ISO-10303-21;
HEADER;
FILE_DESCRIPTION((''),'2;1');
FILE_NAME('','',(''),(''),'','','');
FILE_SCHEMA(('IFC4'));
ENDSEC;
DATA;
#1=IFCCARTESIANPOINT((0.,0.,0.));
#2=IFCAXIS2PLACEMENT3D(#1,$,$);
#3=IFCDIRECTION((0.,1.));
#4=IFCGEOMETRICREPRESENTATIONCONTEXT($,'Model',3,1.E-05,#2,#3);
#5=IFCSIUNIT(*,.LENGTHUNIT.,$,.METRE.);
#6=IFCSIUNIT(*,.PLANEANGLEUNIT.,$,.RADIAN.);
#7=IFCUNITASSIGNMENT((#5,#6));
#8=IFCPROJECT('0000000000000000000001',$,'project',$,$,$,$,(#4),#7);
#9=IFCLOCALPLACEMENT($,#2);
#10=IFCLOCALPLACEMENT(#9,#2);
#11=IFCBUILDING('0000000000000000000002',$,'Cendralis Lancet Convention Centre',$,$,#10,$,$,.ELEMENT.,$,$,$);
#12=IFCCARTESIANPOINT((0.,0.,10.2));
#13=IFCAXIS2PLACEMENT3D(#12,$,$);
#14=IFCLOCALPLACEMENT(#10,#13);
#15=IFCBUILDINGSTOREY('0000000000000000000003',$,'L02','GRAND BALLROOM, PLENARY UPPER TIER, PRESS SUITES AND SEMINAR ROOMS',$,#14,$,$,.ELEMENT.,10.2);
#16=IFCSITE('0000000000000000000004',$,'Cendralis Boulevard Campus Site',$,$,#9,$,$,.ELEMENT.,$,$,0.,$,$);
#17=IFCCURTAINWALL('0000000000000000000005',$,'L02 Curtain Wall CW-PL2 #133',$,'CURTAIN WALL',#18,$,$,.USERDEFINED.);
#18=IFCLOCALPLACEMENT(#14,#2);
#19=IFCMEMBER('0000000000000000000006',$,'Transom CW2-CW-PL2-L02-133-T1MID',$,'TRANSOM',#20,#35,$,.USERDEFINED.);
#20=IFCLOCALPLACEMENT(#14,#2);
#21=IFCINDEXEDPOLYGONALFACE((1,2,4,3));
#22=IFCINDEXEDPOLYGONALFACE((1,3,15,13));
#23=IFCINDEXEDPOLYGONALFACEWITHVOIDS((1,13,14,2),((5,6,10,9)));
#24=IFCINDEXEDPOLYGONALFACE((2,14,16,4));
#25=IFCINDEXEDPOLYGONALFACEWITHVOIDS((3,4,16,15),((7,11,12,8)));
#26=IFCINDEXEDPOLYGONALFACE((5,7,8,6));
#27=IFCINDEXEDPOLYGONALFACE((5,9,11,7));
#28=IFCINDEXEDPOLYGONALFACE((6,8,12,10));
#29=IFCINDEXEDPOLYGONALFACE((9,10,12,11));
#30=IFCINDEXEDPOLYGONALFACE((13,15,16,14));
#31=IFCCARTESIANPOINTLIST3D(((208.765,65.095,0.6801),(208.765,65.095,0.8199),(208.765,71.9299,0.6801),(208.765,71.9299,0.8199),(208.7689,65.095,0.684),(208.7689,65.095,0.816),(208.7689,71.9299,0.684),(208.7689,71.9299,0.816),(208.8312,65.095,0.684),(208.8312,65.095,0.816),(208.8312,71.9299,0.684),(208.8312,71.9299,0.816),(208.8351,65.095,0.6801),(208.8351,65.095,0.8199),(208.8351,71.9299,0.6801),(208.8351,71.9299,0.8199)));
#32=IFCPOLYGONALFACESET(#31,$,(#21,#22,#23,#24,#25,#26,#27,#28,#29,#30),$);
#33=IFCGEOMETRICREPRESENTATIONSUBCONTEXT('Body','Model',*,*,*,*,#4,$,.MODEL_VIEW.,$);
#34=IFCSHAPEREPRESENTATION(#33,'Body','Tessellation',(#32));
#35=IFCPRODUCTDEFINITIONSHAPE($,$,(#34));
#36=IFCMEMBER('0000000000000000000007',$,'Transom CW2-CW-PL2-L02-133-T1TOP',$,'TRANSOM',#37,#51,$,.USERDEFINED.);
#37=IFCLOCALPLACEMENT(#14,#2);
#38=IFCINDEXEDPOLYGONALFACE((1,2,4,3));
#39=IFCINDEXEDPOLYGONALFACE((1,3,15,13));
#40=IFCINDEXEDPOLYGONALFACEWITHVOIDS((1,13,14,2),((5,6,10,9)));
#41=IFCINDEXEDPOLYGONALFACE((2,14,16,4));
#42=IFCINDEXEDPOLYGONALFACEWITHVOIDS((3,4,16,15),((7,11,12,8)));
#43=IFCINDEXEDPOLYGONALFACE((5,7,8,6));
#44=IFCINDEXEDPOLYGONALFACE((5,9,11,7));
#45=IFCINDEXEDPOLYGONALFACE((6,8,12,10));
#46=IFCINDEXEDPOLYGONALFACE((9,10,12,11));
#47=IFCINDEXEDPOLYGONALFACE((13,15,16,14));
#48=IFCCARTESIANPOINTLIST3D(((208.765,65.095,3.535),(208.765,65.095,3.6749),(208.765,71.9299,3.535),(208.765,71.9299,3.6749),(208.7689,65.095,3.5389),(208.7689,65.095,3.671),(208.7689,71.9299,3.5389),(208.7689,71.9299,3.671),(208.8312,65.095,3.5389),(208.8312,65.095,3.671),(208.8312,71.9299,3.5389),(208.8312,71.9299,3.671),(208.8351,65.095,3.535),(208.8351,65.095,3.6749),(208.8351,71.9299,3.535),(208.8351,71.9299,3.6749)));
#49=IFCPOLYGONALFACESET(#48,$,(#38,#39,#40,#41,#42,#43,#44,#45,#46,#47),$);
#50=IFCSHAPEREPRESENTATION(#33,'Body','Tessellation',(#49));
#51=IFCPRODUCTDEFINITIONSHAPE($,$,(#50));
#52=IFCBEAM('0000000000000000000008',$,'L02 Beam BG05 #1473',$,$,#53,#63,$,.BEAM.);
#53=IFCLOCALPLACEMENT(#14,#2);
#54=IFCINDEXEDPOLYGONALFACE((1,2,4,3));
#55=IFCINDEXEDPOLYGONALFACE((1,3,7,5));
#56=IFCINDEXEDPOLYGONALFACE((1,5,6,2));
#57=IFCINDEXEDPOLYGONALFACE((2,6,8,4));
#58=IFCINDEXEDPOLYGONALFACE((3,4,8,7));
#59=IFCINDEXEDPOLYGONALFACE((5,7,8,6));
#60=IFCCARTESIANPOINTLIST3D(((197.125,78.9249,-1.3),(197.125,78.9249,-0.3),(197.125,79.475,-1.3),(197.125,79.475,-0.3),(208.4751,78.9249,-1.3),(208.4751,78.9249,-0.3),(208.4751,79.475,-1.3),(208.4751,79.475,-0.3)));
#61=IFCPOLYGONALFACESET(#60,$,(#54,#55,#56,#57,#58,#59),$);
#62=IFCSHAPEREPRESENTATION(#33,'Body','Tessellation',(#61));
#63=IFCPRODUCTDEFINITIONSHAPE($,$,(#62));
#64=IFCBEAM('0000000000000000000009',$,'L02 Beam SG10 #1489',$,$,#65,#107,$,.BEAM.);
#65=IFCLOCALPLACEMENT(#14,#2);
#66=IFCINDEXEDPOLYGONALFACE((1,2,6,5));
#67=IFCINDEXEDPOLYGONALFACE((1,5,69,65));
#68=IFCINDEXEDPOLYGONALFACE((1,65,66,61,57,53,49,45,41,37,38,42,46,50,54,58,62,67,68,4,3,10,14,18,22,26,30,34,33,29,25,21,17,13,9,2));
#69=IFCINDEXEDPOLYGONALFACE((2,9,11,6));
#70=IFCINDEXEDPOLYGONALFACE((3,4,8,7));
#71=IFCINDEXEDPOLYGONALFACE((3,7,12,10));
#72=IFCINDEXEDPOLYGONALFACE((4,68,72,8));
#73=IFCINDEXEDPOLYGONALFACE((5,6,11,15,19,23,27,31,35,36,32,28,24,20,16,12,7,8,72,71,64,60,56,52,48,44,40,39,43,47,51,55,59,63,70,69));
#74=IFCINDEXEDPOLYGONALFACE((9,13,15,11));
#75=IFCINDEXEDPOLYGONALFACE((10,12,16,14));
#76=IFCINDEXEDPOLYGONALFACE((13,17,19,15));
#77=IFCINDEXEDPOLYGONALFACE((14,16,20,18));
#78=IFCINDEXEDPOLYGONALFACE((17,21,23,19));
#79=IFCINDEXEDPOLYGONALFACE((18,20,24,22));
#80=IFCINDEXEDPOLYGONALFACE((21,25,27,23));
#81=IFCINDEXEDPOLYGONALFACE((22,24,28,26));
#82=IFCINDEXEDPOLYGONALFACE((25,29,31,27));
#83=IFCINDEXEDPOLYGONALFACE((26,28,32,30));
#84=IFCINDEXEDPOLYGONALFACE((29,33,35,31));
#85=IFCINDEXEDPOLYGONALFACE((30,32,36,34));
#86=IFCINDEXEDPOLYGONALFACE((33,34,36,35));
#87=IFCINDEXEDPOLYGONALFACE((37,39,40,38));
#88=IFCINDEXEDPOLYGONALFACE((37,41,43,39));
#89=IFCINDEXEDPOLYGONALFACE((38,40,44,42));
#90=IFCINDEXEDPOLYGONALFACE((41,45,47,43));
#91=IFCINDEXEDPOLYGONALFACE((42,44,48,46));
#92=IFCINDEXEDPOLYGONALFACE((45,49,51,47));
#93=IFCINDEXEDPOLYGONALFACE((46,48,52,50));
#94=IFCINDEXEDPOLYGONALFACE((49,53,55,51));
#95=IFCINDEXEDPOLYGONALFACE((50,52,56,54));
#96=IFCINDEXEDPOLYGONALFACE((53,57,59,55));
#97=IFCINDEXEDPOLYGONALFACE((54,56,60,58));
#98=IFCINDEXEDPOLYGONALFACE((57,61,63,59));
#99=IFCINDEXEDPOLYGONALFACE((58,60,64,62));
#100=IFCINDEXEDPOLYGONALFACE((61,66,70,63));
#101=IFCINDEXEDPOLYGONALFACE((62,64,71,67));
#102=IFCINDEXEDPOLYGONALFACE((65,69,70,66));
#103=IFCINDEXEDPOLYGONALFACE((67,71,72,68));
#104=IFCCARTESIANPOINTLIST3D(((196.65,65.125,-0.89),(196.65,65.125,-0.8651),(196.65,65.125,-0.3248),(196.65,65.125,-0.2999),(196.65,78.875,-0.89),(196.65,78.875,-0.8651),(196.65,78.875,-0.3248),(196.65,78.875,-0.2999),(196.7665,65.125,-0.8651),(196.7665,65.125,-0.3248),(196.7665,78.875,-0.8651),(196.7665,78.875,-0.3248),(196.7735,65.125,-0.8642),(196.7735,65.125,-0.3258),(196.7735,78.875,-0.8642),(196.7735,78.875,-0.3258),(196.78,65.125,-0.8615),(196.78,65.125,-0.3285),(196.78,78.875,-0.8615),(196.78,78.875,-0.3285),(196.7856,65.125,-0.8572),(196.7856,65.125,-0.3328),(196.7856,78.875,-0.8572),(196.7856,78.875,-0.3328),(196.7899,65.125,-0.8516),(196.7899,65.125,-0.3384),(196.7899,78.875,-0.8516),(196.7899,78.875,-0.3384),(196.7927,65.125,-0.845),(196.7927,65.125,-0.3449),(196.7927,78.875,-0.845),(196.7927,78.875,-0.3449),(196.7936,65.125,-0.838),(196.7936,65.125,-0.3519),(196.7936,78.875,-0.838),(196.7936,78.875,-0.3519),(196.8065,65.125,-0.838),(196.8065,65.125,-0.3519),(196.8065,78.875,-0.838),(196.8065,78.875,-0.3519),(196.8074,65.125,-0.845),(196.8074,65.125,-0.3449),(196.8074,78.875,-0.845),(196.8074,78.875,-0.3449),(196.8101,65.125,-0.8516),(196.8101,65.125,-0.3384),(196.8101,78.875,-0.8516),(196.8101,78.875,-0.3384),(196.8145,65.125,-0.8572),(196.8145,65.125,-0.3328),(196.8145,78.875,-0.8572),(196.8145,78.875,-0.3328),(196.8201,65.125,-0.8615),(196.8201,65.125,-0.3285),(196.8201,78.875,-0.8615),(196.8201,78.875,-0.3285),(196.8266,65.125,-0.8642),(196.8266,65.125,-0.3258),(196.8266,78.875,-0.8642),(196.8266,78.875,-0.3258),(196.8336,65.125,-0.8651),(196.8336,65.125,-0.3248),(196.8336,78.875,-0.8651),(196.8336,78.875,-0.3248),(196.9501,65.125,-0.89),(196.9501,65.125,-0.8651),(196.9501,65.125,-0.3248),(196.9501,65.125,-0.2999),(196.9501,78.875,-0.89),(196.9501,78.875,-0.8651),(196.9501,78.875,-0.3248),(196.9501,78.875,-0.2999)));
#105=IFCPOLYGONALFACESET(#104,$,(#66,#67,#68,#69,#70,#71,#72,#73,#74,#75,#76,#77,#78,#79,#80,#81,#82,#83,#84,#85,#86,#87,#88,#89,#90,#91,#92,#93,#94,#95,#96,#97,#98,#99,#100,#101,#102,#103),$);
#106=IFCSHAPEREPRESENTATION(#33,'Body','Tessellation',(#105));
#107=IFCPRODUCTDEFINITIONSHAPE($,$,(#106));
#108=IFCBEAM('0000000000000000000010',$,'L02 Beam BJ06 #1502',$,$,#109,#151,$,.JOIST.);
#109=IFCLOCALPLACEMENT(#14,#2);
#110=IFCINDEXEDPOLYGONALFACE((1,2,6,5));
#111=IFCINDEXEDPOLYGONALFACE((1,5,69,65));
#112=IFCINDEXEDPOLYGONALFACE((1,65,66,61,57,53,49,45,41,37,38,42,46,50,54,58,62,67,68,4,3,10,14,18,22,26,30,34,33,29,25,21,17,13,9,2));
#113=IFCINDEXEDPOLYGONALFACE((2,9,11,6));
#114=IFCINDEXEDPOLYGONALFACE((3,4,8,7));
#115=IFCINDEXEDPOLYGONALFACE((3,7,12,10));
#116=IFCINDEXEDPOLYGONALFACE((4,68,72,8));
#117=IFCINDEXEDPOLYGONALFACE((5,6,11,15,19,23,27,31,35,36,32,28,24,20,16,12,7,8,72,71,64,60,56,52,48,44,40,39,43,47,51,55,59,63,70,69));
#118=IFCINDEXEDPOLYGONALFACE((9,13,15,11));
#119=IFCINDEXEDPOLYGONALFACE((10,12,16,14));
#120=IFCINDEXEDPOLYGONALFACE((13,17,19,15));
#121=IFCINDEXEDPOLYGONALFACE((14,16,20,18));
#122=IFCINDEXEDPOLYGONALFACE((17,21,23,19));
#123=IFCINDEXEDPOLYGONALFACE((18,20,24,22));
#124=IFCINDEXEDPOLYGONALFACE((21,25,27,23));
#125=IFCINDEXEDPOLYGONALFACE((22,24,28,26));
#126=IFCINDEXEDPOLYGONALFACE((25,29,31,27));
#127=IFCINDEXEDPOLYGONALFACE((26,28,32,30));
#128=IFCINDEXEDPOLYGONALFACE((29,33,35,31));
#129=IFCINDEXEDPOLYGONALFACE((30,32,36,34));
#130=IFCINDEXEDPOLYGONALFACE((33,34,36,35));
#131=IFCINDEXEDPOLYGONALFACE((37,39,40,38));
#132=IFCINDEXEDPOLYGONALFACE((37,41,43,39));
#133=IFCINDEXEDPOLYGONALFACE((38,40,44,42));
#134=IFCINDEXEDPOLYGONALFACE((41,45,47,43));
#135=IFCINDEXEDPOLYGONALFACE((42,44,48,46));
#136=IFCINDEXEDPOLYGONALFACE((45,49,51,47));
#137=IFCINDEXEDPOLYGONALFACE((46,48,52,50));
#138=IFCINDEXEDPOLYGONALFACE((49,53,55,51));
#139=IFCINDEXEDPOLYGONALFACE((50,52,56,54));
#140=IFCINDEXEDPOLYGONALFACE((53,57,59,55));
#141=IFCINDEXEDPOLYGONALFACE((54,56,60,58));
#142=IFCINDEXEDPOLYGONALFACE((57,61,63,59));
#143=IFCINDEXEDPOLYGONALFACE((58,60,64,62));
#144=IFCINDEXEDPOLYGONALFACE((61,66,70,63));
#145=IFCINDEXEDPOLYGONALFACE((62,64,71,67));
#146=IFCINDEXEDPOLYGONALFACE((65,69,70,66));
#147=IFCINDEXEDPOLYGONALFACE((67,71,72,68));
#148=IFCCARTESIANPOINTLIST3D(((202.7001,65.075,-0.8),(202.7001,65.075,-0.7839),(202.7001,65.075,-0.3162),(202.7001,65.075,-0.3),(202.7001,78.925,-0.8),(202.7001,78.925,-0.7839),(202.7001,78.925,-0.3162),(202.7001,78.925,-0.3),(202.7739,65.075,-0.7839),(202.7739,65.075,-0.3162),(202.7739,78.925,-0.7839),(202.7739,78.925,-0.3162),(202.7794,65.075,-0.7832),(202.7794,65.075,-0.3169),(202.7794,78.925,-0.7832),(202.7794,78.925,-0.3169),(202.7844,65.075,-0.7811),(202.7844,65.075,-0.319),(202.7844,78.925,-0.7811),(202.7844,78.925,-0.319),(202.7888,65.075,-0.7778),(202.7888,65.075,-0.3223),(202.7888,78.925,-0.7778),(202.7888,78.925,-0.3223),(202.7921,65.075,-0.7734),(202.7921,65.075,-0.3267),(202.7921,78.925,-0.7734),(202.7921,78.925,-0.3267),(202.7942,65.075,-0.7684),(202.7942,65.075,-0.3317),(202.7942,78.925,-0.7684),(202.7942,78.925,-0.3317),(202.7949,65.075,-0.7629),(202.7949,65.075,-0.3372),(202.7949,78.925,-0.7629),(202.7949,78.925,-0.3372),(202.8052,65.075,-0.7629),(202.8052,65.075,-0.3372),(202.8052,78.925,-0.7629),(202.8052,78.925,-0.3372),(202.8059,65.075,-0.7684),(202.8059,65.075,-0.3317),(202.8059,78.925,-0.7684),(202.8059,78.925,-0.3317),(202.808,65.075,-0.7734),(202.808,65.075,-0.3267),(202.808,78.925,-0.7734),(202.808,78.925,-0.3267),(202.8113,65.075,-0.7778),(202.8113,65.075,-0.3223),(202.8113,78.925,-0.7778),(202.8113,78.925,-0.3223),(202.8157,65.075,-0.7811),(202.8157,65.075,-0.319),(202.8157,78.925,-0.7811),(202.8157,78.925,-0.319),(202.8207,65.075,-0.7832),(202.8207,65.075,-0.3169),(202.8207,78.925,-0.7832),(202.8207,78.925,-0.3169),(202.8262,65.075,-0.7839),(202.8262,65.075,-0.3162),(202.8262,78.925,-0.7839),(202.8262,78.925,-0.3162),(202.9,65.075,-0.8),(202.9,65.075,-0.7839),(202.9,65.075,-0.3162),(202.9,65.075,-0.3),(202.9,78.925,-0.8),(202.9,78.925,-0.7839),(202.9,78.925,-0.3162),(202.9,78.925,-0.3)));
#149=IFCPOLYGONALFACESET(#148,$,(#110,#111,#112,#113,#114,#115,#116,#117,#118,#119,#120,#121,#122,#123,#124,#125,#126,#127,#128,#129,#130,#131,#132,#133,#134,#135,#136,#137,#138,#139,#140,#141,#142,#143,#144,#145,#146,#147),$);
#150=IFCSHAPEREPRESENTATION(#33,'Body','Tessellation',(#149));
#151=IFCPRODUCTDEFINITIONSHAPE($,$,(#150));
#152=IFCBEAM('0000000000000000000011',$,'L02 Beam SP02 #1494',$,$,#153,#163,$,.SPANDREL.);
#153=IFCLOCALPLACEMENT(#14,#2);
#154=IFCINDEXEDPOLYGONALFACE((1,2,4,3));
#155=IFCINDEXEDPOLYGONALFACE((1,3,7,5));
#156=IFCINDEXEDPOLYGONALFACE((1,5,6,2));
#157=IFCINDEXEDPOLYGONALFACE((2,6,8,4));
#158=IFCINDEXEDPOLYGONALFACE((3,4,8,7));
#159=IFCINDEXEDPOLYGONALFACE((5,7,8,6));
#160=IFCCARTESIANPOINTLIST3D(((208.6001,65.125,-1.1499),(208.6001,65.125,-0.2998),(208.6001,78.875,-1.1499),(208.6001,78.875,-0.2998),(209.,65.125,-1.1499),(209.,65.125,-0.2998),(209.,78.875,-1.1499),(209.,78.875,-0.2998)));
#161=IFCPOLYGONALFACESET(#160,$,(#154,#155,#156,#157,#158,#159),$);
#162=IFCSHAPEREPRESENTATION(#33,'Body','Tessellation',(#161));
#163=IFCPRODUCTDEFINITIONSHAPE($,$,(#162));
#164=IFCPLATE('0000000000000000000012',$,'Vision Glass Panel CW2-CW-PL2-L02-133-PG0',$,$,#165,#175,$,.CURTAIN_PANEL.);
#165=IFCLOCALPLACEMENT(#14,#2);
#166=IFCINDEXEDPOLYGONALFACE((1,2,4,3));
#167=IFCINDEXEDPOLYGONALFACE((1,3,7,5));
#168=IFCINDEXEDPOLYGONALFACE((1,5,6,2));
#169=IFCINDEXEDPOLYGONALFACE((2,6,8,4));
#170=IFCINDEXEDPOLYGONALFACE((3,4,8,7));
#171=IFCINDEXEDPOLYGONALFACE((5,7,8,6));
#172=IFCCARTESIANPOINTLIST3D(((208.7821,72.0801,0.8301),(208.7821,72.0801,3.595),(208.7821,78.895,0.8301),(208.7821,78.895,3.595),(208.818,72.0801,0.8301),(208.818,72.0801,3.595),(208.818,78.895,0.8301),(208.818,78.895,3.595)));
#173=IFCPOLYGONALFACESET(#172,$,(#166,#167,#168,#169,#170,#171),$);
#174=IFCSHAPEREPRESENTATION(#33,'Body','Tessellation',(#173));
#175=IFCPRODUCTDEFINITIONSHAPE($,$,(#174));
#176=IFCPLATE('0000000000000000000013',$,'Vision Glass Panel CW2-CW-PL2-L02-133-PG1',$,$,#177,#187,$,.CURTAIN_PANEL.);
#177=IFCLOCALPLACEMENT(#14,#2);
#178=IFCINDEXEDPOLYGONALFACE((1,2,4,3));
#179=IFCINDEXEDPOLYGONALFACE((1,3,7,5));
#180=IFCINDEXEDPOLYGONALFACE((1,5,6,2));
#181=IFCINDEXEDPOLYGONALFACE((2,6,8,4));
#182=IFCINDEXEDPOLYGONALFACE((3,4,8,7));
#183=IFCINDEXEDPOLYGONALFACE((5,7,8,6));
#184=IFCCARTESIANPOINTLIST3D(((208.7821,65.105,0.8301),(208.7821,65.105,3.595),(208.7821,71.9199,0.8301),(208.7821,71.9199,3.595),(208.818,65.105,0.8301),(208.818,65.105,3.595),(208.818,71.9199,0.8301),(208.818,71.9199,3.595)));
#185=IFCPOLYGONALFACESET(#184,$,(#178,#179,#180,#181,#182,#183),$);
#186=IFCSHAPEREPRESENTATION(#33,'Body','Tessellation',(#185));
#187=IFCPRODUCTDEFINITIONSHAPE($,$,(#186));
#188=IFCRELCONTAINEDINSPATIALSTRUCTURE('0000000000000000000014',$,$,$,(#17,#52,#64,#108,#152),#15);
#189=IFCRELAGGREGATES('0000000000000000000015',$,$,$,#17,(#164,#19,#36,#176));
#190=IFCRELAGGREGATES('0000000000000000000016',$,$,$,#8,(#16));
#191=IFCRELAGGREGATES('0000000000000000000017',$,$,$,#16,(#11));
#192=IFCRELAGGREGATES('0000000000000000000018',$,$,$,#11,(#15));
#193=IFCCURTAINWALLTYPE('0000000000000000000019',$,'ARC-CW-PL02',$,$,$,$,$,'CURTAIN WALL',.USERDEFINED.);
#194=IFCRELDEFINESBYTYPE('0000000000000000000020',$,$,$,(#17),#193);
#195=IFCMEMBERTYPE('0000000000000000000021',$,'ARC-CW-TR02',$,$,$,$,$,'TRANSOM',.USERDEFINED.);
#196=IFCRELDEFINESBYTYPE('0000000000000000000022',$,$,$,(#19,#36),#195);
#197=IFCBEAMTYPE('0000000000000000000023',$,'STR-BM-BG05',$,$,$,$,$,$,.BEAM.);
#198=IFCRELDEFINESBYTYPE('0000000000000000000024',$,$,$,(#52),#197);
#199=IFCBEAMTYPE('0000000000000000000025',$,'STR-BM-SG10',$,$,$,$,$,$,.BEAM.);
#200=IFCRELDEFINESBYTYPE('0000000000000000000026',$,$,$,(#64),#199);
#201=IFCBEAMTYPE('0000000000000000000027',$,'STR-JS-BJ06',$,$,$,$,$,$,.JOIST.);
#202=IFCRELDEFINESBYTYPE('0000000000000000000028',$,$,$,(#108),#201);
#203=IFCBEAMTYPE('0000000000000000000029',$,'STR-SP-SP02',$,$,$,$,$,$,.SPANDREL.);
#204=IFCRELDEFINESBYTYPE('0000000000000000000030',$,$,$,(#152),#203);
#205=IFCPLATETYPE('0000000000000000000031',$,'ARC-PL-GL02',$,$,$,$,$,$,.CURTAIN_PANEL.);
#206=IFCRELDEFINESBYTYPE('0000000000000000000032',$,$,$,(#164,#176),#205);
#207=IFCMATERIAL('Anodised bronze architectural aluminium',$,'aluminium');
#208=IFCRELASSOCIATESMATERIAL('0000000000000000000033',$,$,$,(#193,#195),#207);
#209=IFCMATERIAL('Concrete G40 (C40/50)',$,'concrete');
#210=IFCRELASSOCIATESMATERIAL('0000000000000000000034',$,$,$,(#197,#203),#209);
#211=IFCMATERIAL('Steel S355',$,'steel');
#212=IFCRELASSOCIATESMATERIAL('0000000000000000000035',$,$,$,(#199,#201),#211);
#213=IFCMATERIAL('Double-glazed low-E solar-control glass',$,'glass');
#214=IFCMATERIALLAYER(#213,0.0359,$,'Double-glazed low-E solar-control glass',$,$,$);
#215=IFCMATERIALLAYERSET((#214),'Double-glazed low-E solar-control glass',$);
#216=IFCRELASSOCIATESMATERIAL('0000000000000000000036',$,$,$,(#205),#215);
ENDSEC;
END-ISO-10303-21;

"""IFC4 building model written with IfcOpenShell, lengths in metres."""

from ifc_helpers import new_model, si_unit, direction, frame, origin, origin_2d, place, context, subcontext, project, spatial, rectangle, hollow_rectangle, i_section, extrude, material, layer, layer_set, material_profile, profile_set, type_object, element, aggregate, save


model = new_model("IFC4")

# Units and contexts
model_context = context("Model", 3, precision=1e-05, world=origin(), true_north=direction((0.0, 1.0)))
body_context = subcontext(model_context, "Body", "Model", "MODEL_VIEW")
ifc_project = project(units=[si_unit("LENGTHUNIT", "METRE"), si_unit("PLANEANGLEUNIT", "RADIAN")], contexts=[model_context])

# Site, building, storey
site_placement = place(None, origin())
site = spatial("IfcSite", under=ifc_project, at=site_placement, Name="Cendralis Boulevard Campus Site", CompositionType="ELEMENT", RefElevation=0.0)
building_placement = place(site_placement, origin())
building = spatial("IfcBuilding", under=site, at=building_placement, Name="Cendralis Lancet Convention Centre", CompositionType="ELEMENT")
storey_placement = place(building_placement, frame((0.0, 0.0, 10.2)))
storey = spatial("IfcBuildingStorey", under=building, at=storey_placement, Name="L02", Description="GRAND BALLROOM, PLENARY UPPER TIER, PRESS SUITES AND SEMINAR ROOMS", CompositionType="ELEMENT", Elevation=10.2)

# Shared definitions
ifc_material_1 = material(Name="Steel S355", Category="steel")

# Curtain wall, members
ifc_material_2 = material(Name="Anodised bronze architectural aluminium", Category="aluminium")
curtain_wall_type = type_object("IfcCurtainWallType", Name="ARC-CW-PL02", ElementType="CURTAIN WALL", PredefinedType="USERDEFINED", material=ifc_material_2)
curtain_wall_placement = place(storey_placement, origin())
curtain_wall = element("IfcCurtainWall", 1, at=curtain_wall_placement, inside=storey, type_object=curtain_wall_type, Name="L02 Curtain Wall CW-PL2 #133", ObjectType="CURTAIN WALL", PredefinedType="USERDEFINED")
ifc_material_profile_1 = material_profile(ifc_material_2, hollow_rectangle(XDim=0.0701, YDim=0.1399, WallThickness=0.0039, at=origin_2d()), Name="AL-TRAN 70x140x4.0")
ifc_profile_set_1 = profile_set([ifc_material_profile_1], Name="Anodised bronze architectural aluminium")
member_type_1 = type_object("IfcMemberType", Name="ARC-CW-TR02", ElementType="TRANSOM", PredefinedType="USERDEFINED", material=ifc_profile_set_1)
member_1_placement = place(storey_placement, frame((208.8, 71.9299, 0.75), z_axis=(0.0, -1.0, 0.0), x_axis=(1.0, 0.0, 0.0)))
member_1 = element("IfcMember", 2, at=member_1_placement, type_object=member_type_1, Name="Transom CW2-CW-PL2-L02-133-T1MID", ObjectType="TRANSOM", PredefinedType="USERDEFINED", context=body_context, shape_type="SweptSolid", body=[
    extrude(hollow_rectangle(XDim=0.0701, YDim=0.1399, WallThickness=0.0039, at=origin_2d()), origin(), (0.0, 0.0, 1.0), 6.835),
])
member_2_placement = place(storey_placement, frame((208.8, 71.9299, 3.605), z_axis=(0.0, -1.0, 0.0), x_axis=(1.0, 0.0, 0.0)))
member_2 = element("IfcMember", 3, at=member_2_placement, type_object=member_type_1, Name="Transom CW2-CW-PL2-L02-133-T1TOP", ObjectType="TRANSOM", PredefinedType="USERDEFINED", context=body_context, shape_type="SweptSolid", body=[
    extrude(hollow_rectangle(XDim=0.0701, YDim=0.1399, WallThickness=0.0039, at=origin_2d()), origin(), (0.0, 0.0, 1.0), 6.835),
])

# Beams
ifc_material_3 = material(Name="Concrete G40 (C40/50)", Category="concrete")
ifc_material_profile_2 = material_profile(ifc_material_3, rectangle(XDim=0.55, YDim=1.0, at=origin_2d()), Name="RCB 550x1000")
ifc_profile_set_2 = profile_set([ifc_material_profile_2], Name="Concrete G40 (C40/50)")
beam_type_1 = type_object("IfcBeamType", Name="STR-BM-BG05", PredefinedType="BEAM", material=ifc_profile_set_2)
beam_1_placement = place(storey_placement, frame((197.125, 79.2, -0.8), z_axis=(1.0, 0.0, 0.0), x_axis=(0.0, 1.0, 0.0)))
element("IfcBeam", 4, at=beam_1_placement, inside=storey, type_object=beam_type_1, Name="L02 Beam BG05 #1473", PredefinedType="BEAM", context=body_context, shape_type="SweptSolid", body=[
    extrude(rectangle(XDim=0.55, YDim=1.0, at=origin_2d()), origin(), (0.0, 0.0, 1.0), 11.3501),
])
ifc_material_profile_3 = material_profile(ifc_material_1, i_section(OverallWidth=0.3, OverallDepth=0.5901, WebThickness=0.0129, FlangeThickness=0.0249, FilletRadius=0.0271, at=origin_2d()), Name="HEA 600")
ifc_profile_set_3 = profile_set([ifc_material_profile_3], Name="Steel S355")
beam_type_2 = type_object("IfcBeamType", Name="STR-BM-SG10", PredefinedType="BEAM", material=ifc_profile_set_3)
beam_2_placement = place(storey_placement, frame((196.8, 65.125, -0.595), z_axis=(0.0, 1.0, 0.0), x_axis=(-1.0, 0.0, 0.0)))
element("IfcBeam", 5, at=beam_2_placement, inside=storey, type_object=beam_type_2, Name="L02 Beam SG10 #1489", PredefinedType="BEAM", context=body_context, shape_type="SweptSolid", body=[
    extrude(i_section(OverallWidth=0.3, OverallDepth=0.5901, WebThickness=0.0129, FlangeThickness=0.0249, FilletRadius=0.0271, at=origin_2d()), origin(), (0.0, 0.0, 1.0), 13.75),
])
ifc_material_profile_4 = material_profile(ifc_material_1, i_section(OverallWidth=0.2, OverallDepth=0.5, WebThickness=0.0103, FlangeThickness=0.0161, FilletRadius=0.021, at=origin_2d()), Name="IPE 500")
ifc_profile_set_4 = profile_set([ifc_material_profile_4], Name="Steel S355")
beam_type_3 = type_object("IfcBeamType", Name="STR-JS-BJ06", PredefinedType="JOIST", material=ifc_profile_set_4)
beam_3_placement = place(storey_placement, frame((202.8, 65.075, -0.55), z_axis=(0.0, 1.0, 0.0), x_axis=(-1.0, 0.0, 0.0)))
element("IfcBeam", 6, at=beam_3_placement, inside=storey, type_object=beam_type_3, Name="L02 Beam BJ06 #1502", PredefinedType="JOIST", context=body_context, shape_type="SweptSolid", body=[
    extrude(i_section(OverallWidth=0.2, OverallDepth=0.5, WebThickness=0.0103, FlangeThickness=0.0161, FilletRadius=0.021, at=origin_2d()), origin(), (0.0, 0.0, 1.0), 13.8501),
])
ifc_material_profile_5 = material_profile(ifc_material_3, rectangle(XDim=0.3999, YDim=0.8501, at=origin_2d()), Name="RCB 400x850")
ifc_profile_set_5 = profile_set([ifc_material_profile_5], Name="Concrete G40 (C40/50)")
beam_type_4 = type_object("IfcBeamType", Name="STR-SP-SP02", PredefinedType="SPANDREL", material=ifc_profile_set_5)
beam_4_placement = place(storey_placement, frame((208.8, 65.125, -0.7249), z_axis=(0.0, 1.0, 0.0), x_axis=(-1.0, 0.0, 0.0)))
element("IfcBeam", 7, at=beam_4_placement, inside=storey, type_object=beam_type_4, Name="L02 Beam SP02 #1494", PredefinedType="SPANDREL", context=body_context, shape_type="SweptSolid", body=[
    extrude(rectangle(XDim=0.3999, YDim=0.8501, at=origin_2d()), origin(), (0.0, 0.0, 1.0), 13.75),
])

# Plates
ifc_material_4 = material(Name="Double-glazed low-E solar-control glass", Category="glass")
ifc_layer_1 = layer(ifc_material_4, 0.0359, Name="Double-glazed low-E solar-control glass")
ifc_layer_set_1 = layer_set([ifc_layer_1], Name="Double-glazed low-E solar-control glass")
plate_type_1 = type_object("IfcPlateType", Name="ARC-PL-GL02", PredefinedType="CURTAIN_PANEL", material=ifc_layer_set_1)
plate_1_placement = place(storey_placement, frame((208.8, 75.4875, 0.8301), z_axis=(0.0, 0.0, 1.0), x_axis=(0.0, -1.0, 0.0)))
plate_1 = element("IfcPlate", 8, at=plate_1_placement, type_object=plate_type_1, Name="Vision Glass Panel CW2-CW-PL2-L02-133-PG0", PredefinedType="CURTAIN_PANEL", context=body_context, shape_type="SweptSolid", body=[
    extrude(rectangle(XDim=6.8149, YDim=0.0359, at=origin_2d()), origin(), (0.0, 0.0, 1.0), 2.7649),
])
plate_2_placement = place(storey_placement, frame((208.8, 68.5125, 0.8301), z_axis=(0.0, 0.0, 1.0), x_axis=(0.0, -1.0, 0.0)))
plate_2 = element("IfcPlate", 9, at=plate_2_placement, type_object=plate_type_1, Name="Vision Glass Panel CW2-CW-PL2-L02-133-PG1", PredefinedType="CURTAIN_PANEL", context=body_context, shape_type="SweptSolid", body=[
    extrude(rectangle(XDim=6.8149, YDim=0.0359, at=origin_2d()), origin(), (0.0, 0.0, 1.0), 2.7649),
])
aggregate(curtain_wall, [plate_1, member_1, member_2, plate_2])

save(model, "model.ifc")
